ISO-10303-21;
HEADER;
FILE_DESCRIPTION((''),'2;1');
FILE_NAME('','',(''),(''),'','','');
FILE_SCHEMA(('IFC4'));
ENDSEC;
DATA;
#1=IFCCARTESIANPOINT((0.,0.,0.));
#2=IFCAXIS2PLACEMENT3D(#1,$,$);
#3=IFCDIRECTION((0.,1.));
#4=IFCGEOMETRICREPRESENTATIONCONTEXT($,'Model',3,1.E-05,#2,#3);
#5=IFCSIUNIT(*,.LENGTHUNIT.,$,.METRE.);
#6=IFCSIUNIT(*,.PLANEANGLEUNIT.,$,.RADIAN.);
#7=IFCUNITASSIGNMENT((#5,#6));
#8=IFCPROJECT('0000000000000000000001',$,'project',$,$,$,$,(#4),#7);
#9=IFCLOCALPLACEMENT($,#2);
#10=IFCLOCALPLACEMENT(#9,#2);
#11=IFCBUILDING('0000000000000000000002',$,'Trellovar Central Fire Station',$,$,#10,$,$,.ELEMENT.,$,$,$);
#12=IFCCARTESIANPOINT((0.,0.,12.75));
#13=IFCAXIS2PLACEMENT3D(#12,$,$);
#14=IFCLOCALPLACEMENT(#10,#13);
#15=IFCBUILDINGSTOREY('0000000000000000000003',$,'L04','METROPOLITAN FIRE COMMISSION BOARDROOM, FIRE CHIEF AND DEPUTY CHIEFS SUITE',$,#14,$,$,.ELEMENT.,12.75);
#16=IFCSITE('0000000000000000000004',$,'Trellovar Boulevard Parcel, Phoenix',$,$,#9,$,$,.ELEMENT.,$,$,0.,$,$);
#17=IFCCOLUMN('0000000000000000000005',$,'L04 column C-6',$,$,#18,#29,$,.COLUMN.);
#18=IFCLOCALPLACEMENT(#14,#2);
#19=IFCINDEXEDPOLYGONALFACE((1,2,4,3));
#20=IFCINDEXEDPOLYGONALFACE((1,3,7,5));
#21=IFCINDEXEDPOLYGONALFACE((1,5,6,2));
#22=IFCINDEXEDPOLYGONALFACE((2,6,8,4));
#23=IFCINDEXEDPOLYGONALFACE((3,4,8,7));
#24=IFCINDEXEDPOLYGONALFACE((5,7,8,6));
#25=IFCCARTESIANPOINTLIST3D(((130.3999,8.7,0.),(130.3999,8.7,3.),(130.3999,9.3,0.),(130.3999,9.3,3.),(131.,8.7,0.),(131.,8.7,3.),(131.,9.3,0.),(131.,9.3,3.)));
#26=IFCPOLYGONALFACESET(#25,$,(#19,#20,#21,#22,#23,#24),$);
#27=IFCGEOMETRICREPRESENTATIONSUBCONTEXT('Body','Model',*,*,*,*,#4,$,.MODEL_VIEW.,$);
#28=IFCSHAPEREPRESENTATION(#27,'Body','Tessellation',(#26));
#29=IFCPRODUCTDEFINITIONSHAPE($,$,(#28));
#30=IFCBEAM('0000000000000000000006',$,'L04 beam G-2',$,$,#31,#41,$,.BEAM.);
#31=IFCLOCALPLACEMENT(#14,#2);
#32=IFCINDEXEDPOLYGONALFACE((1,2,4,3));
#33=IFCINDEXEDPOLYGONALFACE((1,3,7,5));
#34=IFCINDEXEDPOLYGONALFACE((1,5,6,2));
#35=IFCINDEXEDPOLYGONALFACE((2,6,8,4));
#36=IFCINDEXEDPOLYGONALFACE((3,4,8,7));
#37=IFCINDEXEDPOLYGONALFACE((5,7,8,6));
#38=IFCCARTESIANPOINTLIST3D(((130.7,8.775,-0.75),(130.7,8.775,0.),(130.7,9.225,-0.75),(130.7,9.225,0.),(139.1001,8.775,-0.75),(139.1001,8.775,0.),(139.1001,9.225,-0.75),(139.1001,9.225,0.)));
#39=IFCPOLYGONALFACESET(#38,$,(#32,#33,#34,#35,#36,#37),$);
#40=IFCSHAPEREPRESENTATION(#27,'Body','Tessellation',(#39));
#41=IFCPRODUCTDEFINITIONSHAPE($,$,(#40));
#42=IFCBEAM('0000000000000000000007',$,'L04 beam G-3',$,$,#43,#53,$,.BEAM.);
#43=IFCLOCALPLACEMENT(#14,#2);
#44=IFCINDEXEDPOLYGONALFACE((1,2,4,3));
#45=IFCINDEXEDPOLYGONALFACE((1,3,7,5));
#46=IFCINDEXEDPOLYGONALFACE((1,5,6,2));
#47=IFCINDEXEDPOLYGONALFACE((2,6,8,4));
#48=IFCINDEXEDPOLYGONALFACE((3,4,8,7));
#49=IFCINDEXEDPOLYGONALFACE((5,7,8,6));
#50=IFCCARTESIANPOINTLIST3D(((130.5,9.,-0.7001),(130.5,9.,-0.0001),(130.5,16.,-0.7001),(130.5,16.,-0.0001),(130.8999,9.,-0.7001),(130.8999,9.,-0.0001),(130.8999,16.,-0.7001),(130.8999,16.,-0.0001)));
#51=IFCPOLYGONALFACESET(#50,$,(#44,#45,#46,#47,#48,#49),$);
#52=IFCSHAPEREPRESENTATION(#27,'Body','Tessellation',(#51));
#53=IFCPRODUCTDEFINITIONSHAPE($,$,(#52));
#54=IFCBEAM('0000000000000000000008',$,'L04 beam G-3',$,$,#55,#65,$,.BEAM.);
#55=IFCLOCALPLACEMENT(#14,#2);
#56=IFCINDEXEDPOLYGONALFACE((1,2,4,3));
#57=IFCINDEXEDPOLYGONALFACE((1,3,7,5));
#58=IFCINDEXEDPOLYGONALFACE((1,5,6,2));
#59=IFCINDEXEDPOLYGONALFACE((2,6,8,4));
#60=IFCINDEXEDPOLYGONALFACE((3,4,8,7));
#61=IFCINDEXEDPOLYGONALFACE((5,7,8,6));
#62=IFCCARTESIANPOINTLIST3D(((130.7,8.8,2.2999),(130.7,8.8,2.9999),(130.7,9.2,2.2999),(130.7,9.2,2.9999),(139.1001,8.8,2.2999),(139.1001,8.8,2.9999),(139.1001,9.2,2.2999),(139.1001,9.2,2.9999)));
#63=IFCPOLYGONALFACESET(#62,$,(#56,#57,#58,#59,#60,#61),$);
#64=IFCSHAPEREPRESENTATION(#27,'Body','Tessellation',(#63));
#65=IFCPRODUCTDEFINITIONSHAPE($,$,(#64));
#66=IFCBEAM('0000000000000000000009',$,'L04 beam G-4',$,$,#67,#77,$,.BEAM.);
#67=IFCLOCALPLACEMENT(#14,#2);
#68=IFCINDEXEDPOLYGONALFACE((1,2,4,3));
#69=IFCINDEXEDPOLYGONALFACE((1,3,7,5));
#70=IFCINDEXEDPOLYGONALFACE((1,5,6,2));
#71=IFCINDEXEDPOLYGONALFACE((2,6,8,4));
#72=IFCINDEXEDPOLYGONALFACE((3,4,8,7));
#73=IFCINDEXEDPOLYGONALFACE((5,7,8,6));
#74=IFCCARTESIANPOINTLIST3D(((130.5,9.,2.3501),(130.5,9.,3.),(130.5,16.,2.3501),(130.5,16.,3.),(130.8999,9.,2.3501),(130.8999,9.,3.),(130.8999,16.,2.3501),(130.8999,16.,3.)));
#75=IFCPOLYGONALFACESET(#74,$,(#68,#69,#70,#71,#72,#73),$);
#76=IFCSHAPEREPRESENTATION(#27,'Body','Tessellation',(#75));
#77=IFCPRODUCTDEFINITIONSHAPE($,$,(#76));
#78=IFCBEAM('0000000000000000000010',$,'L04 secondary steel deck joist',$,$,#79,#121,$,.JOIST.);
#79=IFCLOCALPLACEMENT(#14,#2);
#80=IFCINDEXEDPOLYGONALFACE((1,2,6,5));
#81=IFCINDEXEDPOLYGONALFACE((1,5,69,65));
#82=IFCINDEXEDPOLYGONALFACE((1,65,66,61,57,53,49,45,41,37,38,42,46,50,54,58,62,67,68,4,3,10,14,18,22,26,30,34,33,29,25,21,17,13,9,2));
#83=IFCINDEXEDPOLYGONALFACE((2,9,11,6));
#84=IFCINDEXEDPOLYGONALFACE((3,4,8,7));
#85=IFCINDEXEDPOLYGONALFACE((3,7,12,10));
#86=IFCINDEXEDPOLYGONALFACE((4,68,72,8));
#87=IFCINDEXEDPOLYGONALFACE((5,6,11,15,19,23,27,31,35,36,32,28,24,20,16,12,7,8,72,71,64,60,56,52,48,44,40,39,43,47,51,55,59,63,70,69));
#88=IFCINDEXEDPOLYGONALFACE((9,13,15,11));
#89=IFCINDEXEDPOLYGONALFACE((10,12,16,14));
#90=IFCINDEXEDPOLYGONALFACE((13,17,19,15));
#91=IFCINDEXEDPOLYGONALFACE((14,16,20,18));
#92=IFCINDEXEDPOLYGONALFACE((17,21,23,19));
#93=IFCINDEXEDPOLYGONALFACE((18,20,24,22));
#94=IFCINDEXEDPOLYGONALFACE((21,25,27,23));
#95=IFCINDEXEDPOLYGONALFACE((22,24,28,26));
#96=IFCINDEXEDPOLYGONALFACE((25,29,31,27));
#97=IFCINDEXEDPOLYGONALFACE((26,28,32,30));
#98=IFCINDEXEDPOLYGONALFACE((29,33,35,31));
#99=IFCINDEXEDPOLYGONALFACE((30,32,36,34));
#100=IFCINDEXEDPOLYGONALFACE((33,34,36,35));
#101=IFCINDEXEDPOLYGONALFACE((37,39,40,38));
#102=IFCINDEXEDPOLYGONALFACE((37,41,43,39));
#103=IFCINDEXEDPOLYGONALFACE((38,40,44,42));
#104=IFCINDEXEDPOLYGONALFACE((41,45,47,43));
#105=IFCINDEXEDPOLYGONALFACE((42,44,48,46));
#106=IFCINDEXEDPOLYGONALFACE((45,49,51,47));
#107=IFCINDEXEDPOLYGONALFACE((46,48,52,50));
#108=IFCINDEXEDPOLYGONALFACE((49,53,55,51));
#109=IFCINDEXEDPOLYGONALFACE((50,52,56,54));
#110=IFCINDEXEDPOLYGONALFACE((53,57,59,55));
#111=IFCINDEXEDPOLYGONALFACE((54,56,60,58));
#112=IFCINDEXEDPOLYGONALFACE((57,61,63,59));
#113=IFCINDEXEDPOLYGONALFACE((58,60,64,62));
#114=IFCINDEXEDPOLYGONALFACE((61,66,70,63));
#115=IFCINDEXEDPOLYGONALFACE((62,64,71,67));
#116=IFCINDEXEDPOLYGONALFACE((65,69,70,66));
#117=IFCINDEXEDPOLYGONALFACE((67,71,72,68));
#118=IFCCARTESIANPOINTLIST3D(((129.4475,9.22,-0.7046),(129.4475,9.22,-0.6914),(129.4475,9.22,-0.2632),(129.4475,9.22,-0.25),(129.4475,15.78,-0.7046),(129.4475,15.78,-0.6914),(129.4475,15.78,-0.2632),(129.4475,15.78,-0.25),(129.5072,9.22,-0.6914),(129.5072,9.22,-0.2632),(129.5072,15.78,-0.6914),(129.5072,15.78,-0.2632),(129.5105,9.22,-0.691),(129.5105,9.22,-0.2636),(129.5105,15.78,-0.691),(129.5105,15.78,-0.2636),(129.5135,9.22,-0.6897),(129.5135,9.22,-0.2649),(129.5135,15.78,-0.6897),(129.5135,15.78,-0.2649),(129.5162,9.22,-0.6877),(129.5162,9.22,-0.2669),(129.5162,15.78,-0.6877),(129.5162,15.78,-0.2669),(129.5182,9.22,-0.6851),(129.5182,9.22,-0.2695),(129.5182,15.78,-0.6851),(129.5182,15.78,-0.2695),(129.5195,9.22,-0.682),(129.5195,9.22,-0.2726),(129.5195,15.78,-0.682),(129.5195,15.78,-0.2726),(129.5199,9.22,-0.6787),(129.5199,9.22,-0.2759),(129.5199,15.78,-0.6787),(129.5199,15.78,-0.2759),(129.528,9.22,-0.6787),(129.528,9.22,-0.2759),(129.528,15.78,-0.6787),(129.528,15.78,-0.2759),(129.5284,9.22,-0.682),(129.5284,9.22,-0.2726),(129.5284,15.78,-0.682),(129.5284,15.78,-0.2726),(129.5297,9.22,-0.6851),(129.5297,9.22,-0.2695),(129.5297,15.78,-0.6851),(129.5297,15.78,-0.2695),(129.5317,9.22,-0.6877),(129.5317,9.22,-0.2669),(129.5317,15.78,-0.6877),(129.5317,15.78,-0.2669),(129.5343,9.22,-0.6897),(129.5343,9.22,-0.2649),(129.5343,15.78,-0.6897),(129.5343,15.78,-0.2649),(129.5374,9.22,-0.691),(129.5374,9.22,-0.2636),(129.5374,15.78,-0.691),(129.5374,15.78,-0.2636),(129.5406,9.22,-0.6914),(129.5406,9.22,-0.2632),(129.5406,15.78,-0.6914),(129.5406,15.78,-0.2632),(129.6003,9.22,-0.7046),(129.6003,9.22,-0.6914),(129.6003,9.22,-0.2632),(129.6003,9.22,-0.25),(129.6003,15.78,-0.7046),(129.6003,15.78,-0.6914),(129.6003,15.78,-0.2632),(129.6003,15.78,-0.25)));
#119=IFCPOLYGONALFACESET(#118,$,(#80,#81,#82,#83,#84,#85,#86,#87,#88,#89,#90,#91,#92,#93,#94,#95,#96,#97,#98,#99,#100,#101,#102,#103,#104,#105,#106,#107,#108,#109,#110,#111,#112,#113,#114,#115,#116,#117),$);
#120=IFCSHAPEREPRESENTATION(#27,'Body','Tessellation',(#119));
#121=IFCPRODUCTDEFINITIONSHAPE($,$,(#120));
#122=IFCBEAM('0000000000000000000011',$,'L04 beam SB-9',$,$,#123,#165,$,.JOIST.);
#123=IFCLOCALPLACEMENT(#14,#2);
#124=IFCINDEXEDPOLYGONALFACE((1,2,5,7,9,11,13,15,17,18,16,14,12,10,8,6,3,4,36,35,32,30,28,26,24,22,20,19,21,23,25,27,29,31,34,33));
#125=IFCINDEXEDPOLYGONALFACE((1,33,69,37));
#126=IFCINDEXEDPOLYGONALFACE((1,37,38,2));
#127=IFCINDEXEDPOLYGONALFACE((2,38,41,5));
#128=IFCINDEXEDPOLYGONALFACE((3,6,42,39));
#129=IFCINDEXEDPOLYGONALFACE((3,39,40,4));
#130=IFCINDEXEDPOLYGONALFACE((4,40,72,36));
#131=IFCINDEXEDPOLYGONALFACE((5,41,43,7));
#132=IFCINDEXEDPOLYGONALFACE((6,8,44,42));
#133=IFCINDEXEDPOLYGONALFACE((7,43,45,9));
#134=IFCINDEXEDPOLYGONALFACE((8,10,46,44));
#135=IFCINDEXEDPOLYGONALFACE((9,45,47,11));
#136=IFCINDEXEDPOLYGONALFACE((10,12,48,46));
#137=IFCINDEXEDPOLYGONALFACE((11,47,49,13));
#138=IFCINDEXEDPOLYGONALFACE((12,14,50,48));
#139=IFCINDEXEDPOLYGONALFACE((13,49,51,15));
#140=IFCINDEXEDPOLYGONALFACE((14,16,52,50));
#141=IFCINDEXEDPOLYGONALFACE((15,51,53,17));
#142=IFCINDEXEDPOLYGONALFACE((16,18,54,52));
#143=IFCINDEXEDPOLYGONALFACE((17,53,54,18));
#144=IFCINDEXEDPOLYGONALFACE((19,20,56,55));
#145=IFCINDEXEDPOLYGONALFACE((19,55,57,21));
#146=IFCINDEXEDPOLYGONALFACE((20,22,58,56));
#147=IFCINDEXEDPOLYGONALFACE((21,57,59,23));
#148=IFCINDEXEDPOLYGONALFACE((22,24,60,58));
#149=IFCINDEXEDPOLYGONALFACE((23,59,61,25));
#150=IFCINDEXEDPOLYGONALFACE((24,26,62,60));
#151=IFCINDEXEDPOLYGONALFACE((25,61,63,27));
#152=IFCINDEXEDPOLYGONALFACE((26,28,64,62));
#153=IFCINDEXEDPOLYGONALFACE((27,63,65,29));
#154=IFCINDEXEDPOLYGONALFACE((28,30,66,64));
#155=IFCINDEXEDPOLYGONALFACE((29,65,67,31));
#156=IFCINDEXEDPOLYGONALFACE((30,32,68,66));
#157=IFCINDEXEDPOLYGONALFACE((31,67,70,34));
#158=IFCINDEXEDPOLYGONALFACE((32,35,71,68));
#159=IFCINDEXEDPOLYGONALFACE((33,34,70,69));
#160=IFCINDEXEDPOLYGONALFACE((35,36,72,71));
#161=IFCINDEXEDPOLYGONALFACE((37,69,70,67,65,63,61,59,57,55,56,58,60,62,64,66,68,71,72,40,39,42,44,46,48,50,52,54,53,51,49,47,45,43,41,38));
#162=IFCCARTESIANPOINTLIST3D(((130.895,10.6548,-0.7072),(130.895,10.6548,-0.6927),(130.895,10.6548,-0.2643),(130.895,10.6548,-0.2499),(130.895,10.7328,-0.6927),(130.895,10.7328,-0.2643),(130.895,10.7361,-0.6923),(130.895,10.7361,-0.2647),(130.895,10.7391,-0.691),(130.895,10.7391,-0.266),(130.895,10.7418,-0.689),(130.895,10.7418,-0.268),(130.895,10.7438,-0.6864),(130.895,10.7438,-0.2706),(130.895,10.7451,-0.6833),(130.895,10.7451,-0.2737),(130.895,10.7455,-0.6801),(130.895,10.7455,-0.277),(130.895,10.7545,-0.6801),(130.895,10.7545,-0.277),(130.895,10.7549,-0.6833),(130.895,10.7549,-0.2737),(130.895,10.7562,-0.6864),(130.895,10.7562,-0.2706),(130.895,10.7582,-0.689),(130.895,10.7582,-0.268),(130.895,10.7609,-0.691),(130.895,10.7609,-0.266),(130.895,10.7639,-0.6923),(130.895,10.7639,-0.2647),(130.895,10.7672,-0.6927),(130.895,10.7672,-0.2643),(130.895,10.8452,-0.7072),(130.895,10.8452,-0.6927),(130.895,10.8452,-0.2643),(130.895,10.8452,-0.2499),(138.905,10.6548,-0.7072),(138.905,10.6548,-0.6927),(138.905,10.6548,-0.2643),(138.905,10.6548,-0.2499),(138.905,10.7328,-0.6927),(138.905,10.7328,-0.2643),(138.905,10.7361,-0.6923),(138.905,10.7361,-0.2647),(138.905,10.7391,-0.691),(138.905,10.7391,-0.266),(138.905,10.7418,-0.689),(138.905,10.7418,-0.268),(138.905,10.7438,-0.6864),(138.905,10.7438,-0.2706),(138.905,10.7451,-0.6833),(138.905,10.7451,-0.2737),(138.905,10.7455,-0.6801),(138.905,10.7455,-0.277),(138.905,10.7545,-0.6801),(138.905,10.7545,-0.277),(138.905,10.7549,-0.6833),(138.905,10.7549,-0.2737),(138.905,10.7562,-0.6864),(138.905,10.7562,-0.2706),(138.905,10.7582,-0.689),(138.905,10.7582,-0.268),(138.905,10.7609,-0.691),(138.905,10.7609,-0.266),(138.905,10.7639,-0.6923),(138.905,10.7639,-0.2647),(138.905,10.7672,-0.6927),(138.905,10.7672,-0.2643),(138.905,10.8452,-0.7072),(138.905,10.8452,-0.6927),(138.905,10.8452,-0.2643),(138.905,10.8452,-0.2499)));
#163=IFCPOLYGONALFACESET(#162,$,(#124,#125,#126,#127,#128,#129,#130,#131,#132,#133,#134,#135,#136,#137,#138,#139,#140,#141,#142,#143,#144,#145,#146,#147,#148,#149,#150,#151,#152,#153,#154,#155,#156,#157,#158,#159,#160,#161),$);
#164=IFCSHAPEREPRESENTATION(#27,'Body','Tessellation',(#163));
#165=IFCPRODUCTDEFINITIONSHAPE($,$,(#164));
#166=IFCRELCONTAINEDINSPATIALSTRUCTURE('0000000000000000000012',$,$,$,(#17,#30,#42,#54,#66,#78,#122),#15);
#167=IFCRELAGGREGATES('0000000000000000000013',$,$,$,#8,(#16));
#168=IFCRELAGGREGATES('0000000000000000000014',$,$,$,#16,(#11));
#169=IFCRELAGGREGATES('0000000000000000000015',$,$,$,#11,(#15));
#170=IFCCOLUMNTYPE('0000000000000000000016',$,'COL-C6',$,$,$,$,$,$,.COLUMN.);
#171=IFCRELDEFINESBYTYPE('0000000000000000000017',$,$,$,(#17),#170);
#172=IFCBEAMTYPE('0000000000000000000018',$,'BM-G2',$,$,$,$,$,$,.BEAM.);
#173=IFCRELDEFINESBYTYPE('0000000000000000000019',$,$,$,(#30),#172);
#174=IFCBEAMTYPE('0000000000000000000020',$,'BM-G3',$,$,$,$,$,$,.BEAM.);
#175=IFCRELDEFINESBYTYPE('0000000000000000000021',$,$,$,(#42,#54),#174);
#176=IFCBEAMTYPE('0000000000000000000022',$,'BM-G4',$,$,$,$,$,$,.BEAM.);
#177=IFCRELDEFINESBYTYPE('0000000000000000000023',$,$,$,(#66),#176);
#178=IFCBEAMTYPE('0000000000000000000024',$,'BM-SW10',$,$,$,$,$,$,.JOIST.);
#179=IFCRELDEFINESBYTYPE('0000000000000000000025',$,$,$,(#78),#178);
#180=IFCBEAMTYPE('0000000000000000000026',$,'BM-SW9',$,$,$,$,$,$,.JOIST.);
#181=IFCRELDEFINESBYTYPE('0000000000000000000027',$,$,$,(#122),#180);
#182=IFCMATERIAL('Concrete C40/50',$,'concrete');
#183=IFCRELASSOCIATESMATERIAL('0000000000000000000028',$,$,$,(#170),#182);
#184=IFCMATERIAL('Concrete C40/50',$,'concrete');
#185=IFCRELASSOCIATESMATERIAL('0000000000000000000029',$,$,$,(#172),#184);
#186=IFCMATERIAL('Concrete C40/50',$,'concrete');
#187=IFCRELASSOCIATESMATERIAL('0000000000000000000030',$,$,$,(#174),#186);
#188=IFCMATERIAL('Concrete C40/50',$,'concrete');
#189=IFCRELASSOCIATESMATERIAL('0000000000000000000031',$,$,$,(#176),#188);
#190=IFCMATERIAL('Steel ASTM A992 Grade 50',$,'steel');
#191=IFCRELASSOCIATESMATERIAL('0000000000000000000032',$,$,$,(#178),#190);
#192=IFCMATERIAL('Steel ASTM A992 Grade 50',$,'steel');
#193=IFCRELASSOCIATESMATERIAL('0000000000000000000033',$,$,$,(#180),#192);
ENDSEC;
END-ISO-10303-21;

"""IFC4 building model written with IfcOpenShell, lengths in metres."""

from ifc_helpers import new_model, si_unit, direction, frame, origin, origin_2d, place, context, subcontext, project, spatial, rectangle, i_section, extrude, material, material_profile, profile_set, type_object, element, save


model = new_model("IFC4")

# Units and contexts
model_context = context("Model", 3, precision=1e-05, world=origin(), true_north=direction((0.0, 1.0)))
body_context = subcontext(model_context, "Body", "Model", "MODEL_VIEW")
ifc_project = project(units=[si_unit("LENGTHUNIT", "METRE"), si_unit("PLANEANGLEUNIT", "RADIAN")], contexts=[model_context])

# Site, building, storey
site_placement = place(None, origin())
site = spatial("IfcSite", under=ifc_project, at=site_placement, Name="Trellovar Boulevard Parcel, Phoenix", CompositionType="ELEMENT", RefElevation=0.0)
building_placement = place(site_placement, origin())
building = spatial("IfcBuilding", under=site, at=building_placement, Name="Trellovar Central Fire Station", CompositionType="ELEMENT")
storey_placement = place(building_placement, frame((0.0, 0.0, 12.75)))
storey = spatial("IfcBuildingStorey", under=building, at=storey_placement, Name="L04", Description="METROPOLITAN FIRE COMMISSION BOARDROOM, FIRE CHIEF AND DEPUTY CHIEFS SUITE", CompositionType="ELEMENT", Elevation=12.75)

# Column
ifc_material_1 = material(Name="Concrete C40/50", Category="concrete")
ifc_material_profile_1 = material_profile(ifc_material_1, rectangle(XDim=0.6001, YDim=0.6001, at=origin_2d()), Name="RC600X600")
ifc_profile_set_1 = profile_set([ifc_material_profile_1], Name="Concrete C40/50")
column_type = type_object("IfcColumnType", Name="COL-C6", PredefinedType="COLUMN", material=ifc_profile_set_1)
column_placement = place(storey_placement, frame((130.7, 9.0, 0.0), z_axis=(0.0, 0.0, 1.0), x_axis=(1.0, 0.0, 0.0)))
element("IfcColumn", 1, at=column_placement, inside=storey, type_object=column_type, Name="L04 column C-6", PredefinedType="COLUMN", context=body_context, shape_type="SweptSolid", body=[
    extrude(rectangle(XDim=0.6001, YDim=0.6001, at=origin_2d()), origin(), (0.0, 0.0, 1.0), 3.0),
])

# Beams
ifc_material_2 = material(Name="Concrete C40/50", Category="concrete")
ifc_material_profile_2 = material_profile(ifc_material_2, rectangle(XDim=0.45, YDim=0.75, at=origin_2d()), Name="RC450X750")
ifc_profile_set_2 = profile_set([ifc_material_profile_2], Name="Concrete C40/50")
beam_type_1 = type_object("IfcBeamType", Name="BM-G2", PredefinedType="BEAM", material=ifc_profile_set_2)
beam_1_placement = place(storey_placement, frame((130.7, 9.0, -0.375), z_axis=(1.0, 0.0, 0.0), x_axis=(0.0, 1.0, 0.0)))
element("IfcBeam", 2, at=beam_1_placement, inside=storey, type_object=beam_type_1, Name="L04 beam G-2", PredefinedType="BEAM", context=body_context, shape_type="SweptSolid", body=[
    extrude(rectangle(XDim=0.45, YDim=0.75, at=origin_2d()), origin(), (0.0, 0.0, 1.0), 8.4001),
])
ifc_material_3 = material(Name="Concrete C40/50", Category="concrete")
ifc_material_profile_3 = material_profile(ifc_material_3, rectangle(XDim=0.3999, YDim=0.7, at=origin_2d()), Name="RC400X700")
ifc_profile_set_3 = profile_set([ifc_material_profile_3], Name="Concrete C40/50")
beam_type_2 = type_object("IfcBeamType", Name="BM-G3", PredefinedType="BEAM", material=ifc_profile_set_3)
beam_2_placement = place(storey_placement, frame((130.7, 9.0, -0.3501), z_axis=(0.0, 1.0, 0.0), x_axis=(-1.0, 0.0, 0.0)))
element("IfcBeam", 3, at=beam_2_placement, inside=storey, type_object=beam_type_2, Name="L04 beam G-3", PredefinedType="BEAM", context=body_context, shape_type="SweptSolid", body=[
    extrude(rectangle(XDim=0.3999, YDim=0.7, at=origin_2d()), origin(), (0.0, 0.0, 1.0), 7.0),
])
beam_3_placement = place(storey_placement, frame((130.7, 9.0, 2.6499), z_axis=(1.0, 0.0, 0.0), x_axis=(0.0, 1.0, 0.0)))
element("IfcBeam", 4, at=beam_3_placement, inside=storey, type_object=beam_type_2, Name="L04 beam G-3", PredefinedType="BEAM", context=body_context, shape_type="SweptSolid", body=[
    extrude(rectangle(XDim=0.3999, YDim=0.7, at=origin_2d()), origin(), (0.0, 0.0, 1.0), 8.4001),
])
ifc_material_4 = material(Name="Concrete C40/50", Category="concrete")
ifc_material_profile_4 = material_profile(ifc_material_4, rectangle(XDim=0.3999, YDim=0.6499, at=origin_2d()), Name="RC400X650")
ifc_profile_set_4 = profile_set([ifc_material_profile_4], Name="Concrete C40/50")
beam_type_3 = type_object("IfcBeamType", Name="BM-G4", PredefinedType="BEAM", material=ifc_profile_set_4)
beam_4_placement = place(storey_placement, frame((130.7, 9.0, 2.675), z_axis=(0.0, 1.0, 0.0), x_axis=(-1.0, 0.0, 0.0)))
element("IfcBeam", 5, at=beam_4_placement, inside=storey, type_object=beam_type_3, Name="L04 beam G-4", PredefinedType="BEAM", context=body_context, shape_type="SweptSolid", body=[
    extrude(rectangle(XDim=0.3999, YDim=0.6499, at=origin_2d()), origin(), (0.0, 0.0, 1.0), 7.0),
])
ifc_material_5 = material(Name="Steel ASTM A992 Grade 50", Category="steel")
ifc_material_profile_5 = material_profile(ifc_material_5, i_section(OverallWidth=0.1528, OverallDepth=0.4546, WebThickness=0.0081, FlangeThickness=0.0132, FilletRadius=0.0127, at=origin_2d()), Name="W18X40")
ifc_profile_set_5 = profile_set([ifc_material_profile_5], Name="Steel ASTM A992 Grade 50")
beam_type_4 = type_object("IfcBeamType", Name="BM-SW10", PredefinedType="JOIST", material=ifc_profile_set_5)
beam_5_placement = place(storey_placement, frame((129.5239, 9.22, -0.4773), z_axis=(0.0, 1.0, 0.0), x_axis=(-1.0, 0.0, 0.0)))
element("IfcBeam", 6, at=beam_5_placement, inside=storey, type_object=beam_type_4, Name="L04 secondary steel deck joist", PredefinedType="JOIST", context=body_context, shape_type="SweptSolid", body=[
    extrude(i_section(OverallWidth=0.1528, OverallDepth=0.4546, WebThickness=0.0081, FlangeThickness=0.0132, FilletRadius=0.0127, at=origin_2d()), origin(), (0.0, 0.0, 1.0), 6.5601),
])
ifc_material_6 = material(Name="Steel ASTM A992 Grade 50", Category="steel")
ifc_material_profile_6 = material_profile(ifc_material_6, i_section(OverallWidth=0.1904, OverallDepth=0.4573, WebThickness=0.009, FlangeThickness=0.0144, FilletRadius=0.0127, at=origin_2d()), Name="W18X50")
ifc_profile_set_6 = profile_set([ifc_material_profile_6], Name="Steel ASTM A992 Grade 50")
beam_type_5 = type_object("IfcBeamType", Name="BM-SW9", PredefinedType="JOIST", material=ifc_profile_set_6)
for number, where, z_axis, x_axis, name in (
    (7, (130.895, 10.75, -0.4785), (1.0, 0.0, 0.0), (0.0, 1.0, 0.0), "L04 beam SB-9"),
):
    element("IfcBeam", number, at=place(storey_placement, frame(where, z_axis=z_axis, x_axis=x_axis)), inside=storey, type_object=beam_type_5, Name=name, PredefinedType="JOIST", context=body_context, shape_type="SweptSolid", body=[
        extrude(i_section(OverallWidth=0.1904, OverallDepth=0.4573, WebThickness=0.009, FlangeThickness=0.0144, FilletRadius=0.0127, at=origin_2d()), origin(), (0.0, 0.0, 1.0), 8.01),
    ])

save(model, "model.ifc")
